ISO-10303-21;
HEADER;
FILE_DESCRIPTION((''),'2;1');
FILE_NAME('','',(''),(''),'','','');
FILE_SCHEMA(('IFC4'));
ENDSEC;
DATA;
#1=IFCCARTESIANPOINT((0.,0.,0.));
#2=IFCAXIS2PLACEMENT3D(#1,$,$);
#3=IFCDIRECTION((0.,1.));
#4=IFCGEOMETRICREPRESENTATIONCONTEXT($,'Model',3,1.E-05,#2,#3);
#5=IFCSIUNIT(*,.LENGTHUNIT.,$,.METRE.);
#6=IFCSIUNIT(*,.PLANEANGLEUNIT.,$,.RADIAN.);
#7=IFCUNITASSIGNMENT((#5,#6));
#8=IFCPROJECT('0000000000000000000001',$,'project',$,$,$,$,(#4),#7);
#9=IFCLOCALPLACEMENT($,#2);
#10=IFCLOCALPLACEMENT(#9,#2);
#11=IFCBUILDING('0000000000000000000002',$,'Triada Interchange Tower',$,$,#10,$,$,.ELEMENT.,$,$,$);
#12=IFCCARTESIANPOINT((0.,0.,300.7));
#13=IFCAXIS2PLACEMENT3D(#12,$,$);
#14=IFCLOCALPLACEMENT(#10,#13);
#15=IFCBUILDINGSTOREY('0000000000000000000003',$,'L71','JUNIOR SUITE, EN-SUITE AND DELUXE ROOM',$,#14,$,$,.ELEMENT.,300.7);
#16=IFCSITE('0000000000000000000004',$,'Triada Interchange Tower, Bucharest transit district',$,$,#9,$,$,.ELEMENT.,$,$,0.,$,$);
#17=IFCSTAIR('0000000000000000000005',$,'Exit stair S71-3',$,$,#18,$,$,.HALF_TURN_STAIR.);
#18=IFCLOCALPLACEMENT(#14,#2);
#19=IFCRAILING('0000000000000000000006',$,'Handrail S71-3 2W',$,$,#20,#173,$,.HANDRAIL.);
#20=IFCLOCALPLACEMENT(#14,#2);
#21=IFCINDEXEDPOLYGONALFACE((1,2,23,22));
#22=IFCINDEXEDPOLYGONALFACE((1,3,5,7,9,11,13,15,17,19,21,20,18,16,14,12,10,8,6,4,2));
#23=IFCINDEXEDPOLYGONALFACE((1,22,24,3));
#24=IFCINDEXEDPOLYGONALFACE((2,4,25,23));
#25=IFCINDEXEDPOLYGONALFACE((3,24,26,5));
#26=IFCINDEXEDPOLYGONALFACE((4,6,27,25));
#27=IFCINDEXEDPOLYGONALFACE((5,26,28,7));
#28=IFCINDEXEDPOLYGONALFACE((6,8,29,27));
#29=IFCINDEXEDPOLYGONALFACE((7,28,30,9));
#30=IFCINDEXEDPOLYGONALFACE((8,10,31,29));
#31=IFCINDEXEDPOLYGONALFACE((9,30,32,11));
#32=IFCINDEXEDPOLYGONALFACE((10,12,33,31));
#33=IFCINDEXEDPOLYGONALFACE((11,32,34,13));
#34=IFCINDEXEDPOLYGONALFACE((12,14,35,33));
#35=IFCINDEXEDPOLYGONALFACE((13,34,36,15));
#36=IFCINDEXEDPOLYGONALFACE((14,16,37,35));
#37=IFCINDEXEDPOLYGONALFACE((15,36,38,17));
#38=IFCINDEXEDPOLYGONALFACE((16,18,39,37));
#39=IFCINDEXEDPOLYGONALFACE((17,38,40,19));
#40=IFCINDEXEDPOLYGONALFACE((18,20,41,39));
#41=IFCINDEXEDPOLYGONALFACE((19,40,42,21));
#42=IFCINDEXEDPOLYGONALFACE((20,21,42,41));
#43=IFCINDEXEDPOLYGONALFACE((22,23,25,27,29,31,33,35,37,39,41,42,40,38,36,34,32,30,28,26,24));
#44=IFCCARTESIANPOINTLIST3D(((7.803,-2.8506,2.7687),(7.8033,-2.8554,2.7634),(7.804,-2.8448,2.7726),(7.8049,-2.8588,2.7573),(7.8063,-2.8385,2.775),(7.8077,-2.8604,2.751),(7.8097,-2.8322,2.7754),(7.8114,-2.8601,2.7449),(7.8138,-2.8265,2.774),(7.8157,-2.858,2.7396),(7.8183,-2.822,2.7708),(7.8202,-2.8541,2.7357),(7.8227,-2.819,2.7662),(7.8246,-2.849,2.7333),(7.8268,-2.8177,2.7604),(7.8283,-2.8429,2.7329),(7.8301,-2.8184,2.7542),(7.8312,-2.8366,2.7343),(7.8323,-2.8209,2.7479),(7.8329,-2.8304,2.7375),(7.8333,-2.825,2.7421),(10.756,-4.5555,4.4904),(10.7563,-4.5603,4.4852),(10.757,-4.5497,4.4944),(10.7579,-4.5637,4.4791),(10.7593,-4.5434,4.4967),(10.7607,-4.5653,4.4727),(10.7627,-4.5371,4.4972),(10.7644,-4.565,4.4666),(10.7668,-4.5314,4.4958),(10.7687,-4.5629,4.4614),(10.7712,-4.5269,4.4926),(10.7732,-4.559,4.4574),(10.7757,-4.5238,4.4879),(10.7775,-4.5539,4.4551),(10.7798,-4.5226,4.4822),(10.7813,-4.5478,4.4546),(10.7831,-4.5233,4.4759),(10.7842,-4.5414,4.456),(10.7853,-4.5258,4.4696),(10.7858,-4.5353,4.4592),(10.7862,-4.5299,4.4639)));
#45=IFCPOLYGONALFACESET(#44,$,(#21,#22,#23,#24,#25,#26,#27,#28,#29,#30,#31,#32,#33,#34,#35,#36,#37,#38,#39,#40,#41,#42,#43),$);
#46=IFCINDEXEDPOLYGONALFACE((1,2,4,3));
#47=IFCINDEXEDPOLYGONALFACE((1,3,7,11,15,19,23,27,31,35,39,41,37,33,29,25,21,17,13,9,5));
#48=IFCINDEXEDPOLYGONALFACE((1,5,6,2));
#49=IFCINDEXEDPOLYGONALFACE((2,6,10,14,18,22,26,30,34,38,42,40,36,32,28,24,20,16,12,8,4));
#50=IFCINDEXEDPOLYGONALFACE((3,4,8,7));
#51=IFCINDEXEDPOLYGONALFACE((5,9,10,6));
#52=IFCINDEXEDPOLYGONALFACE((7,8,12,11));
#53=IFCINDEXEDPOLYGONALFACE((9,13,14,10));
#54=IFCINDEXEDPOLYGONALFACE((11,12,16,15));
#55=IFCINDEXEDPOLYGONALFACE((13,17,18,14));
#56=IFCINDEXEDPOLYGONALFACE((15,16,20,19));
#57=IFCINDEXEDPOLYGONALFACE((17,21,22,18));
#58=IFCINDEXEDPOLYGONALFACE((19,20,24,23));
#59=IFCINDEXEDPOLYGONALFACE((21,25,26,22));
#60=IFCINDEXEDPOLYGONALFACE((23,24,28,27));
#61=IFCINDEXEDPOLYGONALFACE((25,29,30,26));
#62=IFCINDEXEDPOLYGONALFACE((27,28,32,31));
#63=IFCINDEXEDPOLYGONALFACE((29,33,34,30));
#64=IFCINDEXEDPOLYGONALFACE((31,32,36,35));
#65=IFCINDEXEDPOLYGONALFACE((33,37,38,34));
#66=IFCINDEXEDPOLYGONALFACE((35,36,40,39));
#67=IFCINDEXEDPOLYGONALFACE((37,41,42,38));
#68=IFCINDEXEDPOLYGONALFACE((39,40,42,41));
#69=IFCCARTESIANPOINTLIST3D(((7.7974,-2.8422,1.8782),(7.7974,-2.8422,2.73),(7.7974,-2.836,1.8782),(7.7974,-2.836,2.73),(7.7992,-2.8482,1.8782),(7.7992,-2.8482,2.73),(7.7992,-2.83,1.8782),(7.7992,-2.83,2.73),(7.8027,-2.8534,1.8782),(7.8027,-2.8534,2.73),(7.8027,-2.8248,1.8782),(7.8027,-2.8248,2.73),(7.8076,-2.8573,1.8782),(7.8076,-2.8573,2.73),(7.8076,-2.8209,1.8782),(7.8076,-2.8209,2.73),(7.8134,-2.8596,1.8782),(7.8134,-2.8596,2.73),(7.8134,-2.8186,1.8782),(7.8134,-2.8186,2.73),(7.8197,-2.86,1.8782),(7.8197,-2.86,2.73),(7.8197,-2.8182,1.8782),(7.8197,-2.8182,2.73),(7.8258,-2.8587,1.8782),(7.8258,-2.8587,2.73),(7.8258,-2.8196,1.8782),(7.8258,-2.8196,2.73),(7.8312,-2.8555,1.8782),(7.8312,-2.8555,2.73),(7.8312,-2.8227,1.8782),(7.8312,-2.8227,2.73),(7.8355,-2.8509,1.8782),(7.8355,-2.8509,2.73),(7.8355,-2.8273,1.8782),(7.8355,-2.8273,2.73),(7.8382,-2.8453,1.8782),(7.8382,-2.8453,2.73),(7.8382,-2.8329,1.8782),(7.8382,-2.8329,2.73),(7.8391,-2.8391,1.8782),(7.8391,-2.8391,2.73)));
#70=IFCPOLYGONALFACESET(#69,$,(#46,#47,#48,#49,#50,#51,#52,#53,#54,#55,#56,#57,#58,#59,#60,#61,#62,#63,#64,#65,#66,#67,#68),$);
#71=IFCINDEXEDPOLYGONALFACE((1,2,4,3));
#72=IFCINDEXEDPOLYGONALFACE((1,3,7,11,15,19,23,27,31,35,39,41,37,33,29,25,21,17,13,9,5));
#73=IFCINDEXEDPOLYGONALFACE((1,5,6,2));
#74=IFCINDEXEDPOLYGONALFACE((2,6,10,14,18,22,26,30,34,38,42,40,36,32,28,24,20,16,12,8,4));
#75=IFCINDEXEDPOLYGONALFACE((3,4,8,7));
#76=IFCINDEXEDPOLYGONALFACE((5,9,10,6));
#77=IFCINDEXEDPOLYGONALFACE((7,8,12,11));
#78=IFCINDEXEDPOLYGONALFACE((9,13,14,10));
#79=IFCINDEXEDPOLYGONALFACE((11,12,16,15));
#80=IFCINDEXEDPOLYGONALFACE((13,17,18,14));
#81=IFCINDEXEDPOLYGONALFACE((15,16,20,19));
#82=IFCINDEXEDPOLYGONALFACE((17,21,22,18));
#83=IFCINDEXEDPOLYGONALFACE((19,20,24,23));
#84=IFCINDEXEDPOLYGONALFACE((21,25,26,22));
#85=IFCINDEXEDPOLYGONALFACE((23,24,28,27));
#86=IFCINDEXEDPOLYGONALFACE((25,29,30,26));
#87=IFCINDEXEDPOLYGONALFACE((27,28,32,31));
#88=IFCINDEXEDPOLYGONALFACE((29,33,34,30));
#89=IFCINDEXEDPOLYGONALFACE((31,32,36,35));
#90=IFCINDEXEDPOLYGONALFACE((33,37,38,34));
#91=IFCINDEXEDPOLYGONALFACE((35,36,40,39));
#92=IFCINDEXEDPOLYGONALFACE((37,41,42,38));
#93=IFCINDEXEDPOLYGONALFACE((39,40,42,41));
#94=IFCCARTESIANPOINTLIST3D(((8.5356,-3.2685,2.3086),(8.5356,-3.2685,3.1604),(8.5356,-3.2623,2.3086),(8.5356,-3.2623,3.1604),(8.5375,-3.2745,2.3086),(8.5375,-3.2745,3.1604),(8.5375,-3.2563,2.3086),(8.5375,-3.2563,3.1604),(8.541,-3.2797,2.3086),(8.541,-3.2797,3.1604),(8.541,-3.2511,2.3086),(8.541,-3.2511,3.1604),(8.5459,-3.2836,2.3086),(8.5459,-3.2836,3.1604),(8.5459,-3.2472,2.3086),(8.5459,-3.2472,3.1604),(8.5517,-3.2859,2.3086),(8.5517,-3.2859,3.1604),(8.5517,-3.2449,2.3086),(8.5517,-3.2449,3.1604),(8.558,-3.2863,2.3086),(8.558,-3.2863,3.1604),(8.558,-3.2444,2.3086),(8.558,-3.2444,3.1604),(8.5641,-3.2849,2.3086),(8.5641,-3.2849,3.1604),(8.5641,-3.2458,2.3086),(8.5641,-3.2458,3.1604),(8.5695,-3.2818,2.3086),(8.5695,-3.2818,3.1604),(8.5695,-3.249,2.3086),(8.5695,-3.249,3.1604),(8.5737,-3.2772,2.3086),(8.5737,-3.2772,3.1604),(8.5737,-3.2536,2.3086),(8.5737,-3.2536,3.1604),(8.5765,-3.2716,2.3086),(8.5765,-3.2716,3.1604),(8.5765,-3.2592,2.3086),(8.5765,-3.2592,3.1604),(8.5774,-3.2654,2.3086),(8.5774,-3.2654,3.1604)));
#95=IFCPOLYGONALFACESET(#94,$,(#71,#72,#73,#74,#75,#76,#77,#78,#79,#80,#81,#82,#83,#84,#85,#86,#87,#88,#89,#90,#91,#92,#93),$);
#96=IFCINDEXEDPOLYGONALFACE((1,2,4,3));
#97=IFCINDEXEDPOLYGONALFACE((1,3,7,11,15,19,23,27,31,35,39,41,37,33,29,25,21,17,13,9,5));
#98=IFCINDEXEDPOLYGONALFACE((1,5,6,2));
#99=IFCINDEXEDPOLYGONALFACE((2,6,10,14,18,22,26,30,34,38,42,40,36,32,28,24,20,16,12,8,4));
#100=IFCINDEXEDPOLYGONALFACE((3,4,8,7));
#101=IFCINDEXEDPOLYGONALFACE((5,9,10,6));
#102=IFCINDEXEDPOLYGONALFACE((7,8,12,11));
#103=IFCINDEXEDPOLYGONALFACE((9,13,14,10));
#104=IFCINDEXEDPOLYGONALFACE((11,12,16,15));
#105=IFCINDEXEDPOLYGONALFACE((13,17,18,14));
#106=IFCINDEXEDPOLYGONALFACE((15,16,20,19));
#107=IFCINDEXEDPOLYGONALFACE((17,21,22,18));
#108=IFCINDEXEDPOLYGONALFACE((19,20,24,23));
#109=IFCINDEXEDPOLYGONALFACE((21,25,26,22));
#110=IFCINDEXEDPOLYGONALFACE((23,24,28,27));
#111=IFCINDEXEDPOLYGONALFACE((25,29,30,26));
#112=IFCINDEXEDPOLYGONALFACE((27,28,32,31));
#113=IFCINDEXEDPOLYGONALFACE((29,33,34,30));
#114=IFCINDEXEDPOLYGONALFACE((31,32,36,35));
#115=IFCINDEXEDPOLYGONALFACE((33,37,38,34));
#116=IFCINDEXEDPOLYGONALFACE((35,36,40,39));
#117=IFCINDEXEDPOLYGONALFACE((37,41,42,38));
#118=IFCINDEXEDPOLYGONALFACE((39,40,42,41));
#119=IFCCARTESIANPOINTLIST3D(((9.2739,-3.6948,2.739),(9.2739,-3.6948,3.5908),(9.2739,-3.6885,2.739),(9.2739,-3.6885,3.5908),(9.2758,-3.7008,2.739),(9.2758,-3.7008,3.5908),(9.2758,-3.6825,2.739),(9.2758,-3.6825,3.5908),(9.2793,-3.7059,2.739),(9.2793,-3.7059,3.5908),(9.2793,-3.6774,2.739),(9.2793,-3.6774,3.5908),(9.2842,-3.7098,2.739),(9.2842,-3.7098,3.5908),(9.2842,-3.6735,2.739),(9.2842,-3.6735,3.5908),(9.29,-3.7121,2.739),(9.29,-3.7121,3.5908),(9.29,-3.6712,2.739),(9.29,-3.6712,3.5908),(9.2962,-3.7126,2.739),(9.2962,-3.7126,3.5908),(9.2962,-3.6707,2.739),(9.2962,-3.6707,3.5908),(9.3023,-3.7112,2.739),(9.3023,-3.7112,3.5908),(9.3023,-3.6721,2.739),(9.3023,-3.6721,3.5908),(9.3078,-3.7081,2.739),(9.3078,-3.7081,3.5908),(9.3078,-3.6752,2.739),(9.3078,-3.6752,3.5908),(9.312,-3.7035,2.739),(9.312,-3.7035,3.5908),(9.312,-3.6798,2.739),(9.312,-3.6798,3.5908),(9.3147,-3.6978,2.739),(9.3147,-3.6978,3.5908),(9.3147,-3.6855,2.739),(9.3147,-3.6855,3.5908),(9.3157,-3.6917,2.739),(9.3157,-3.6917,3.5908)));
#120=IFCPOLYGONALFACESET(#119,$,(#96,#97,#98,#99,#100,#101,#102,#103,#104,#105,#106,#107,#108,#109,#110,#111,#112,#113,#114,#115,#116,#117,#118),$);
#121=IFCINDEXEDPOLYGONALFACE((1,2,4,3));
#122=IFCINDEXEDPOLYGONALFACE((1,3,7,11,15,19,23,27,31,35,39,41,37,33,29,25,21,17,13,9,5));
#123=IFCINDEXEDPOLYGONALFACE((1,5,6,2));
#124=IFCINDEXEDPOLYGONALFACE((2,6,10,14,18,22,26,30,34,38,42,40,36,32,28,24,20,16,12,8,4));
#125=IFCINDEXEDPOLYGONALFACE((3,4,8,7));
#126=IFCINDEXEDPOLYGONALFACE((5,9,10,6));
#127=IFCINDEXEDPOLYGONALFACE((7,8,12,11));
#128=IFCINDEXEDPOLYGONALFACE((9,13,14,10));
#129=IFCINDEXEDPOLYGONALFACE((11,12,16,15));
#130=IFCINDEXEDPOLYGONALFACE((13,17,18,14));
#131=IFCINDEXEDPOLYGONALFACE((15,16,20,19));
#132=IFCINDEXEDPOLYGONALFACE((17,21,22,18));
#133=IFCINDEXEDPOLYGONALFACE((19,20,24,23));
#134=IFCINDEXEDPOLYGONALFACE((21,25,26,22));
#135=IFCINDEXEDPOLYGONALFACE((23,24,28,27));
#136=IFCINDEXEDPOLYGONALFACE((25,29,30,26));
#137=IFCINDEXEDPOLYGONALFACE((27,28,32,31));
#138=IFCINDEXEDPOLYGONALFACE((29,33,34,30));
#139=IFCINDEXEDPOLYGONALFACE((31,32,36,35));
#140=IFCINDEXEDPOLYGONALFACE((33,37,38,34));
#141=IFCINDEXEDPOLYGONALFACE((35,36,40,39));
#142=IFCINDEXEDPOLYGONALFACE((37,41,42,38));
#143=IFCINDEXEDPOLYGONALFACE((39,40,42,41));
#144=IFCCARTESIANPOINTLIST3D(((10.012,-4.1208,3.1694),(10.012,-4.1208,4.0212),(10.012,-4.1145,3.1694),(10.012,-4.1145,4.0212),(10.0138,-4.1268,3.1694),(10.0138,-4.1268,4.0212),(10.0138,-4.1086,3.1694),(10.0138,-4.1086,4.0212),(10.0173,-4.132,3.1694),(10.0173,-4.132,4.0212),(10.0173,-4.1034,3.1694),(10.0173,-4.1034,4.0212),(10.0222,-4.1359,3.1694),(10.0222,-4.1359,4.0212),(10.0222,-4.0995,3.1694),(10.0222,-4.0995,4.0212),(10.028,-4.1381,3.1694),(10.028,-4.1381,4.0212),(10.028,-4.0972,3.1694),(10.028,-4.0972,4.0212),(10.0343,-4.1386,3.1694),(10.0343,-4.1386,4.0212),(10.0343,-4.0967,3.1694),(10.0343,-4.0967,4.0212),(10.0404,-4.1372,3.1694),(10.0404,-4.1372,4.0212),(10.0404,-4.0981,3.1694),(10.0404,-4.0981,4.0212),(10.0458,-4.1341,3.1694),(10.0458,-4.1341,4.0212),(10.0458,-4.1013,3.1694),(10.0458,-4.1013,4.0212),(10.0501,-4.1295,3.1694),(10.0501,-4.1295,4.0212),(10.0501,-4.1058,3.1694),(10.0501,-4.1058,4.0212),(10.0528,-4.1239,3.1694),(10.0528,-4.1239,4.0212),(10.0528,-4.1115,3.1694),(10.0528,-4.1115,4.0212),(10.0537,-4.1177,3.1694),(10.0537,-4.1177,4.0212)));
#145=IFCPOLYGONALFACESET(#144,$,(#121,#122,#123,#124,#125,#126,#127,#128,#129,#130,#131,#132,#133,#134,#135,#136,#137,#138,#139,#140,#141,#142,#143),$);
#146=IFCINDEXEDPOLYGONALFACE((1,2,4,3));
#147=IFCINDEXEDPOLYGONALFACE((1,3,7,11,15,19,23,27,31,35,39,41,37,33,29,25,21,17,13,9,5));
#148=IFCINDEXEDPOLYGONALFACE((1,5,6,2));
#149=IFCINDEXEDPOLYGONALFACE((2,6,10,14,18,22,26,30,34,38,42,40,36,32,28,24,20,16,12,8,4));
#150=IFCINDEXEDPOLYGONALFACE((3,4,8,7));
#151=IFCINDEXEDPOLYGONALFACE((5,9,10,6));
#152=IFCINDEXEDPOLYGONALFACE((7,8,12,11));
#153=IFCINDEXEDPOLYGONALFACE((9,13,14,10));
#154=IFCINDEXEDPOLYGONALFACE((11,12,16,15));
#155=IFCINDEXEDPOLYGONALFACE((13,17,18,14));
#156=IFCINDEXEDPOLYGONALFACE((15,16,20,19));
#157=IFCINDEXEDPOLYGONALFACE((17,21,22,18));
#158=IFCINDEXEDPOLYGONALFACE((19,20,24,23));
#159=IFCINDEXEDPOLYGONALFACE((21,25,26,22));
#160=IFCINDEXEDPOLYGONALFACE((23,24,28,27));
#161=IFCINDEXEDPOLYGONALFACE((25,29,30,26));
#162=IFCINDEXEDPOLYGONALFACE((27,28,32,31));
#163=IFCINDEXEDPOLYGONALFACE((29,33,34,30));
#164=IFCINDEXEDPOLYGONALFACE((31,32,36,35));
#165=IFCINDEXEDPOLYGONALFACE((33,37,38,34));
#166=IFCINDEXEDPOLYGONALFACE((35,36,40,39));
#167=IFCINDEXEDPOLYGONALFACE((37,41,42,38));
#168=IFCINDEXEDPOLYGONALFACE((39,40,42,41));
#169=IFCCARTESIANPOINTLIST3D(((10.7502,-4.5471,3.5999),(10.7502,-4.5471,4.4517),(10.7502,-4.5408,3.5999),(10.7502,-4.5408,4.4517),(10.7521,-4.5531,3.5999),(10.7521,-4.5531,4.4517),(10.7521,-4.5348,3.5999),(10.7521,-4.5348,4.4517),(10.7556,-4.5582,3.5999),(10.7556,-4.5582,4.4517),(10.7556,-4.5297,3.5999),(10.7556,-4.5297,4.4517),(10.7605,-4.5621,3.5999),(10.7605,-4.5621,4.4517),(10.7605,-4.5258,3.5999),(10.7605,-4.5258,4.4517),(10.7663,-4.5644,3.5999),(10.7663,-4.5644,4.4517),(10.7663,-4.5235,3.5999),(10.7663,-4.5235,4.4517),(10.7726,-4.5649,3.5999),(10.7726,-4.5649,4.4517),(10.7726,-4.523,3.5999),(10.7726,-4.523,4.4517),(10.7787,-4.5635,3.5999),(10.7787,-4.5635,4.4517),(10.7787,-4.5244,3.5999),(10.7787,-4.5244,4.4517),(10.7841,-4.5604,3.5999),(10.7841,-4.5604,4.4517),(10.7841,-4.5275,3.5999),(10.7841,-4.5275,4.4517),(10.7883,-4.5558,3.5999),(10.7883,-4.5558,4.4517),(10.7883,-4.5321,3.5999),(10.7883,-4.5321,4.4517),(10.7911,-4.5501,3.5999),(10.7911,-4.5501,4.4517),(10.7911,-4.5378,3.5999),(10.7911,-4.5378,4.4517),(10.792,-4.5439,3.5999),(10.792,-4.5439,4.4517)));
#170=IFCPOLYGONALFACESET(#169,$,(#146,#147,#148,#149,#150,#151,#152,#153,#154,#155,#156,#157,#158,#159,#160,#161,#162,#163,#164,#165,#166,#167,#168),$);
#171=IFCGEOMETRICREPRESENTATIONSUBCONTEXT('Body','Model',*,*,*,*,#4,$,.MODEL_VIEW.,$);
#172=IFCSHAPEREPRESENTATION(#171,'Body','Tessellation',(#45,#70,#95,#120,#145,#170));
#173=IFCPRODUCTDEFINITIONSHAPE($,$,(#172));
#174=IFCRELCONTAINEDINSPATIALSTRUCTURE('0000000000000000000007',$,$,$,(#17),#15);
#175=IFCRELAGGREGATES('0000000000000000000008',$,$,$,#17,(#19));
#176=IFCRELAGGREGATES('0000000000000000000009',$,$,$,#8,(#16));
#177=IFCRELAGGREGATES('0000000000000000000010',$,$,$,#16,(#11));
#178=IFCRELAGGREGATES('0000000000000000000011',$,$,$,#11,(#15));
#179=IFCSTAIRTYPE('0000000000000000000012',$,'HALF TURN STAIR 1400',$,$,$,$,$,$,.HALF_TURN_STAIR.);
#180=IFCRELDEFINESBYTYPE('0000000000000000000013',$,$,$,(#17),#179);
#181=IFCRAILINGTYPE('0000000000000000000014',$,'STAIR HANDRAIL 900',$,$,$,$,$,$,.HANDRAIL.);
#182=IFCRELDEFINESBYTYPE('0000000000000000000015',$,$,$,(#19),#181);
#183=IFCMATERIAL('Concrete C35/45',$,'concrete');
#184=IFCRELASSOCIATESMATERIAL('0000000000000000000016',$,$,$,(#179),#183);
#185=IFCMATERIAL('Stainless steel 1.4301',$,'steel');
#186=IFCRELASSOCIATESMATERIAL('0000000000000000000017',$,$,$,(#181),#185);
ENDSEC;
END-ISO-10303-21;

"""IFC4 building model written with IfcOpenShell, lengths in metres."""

from ifc_helpers import new_model, si_unit, direction, frame, origin, origin_2d, place, context, subcontext, project, spatial, circle, extrude, material, type_object, element, aggregate, save


model = new_model("IFC4")

# Units and contexts
model_context = context("Model", 3, precision=1e-05, world=origin(), true_north=direction((0.0, 1.0)))
body_context = subcontext(model_context, "Body", "Model", "MODEL_VIEW")
ifc_project = project(units=[si_unit("LENGTHUNIT", "METRE"), si_unit("PLANEANGLEUNIT", "RADIAN")], contexts=[model_context])

# Site, building, storey
site_placement = place(None, origin())
site = spatial("IfcSite", under=ifc_project, at=site_placement, Name="Triada Interchange Tower, Bucharest transit district", CompositionType="ELEMENT", RefElevation=0.0)
building_placement = place(site_placement, origin())
building = spatial("IfcBuilding", under=site, at=building_placement, Name="Triada Interchange Tower", CompositionType="ELEMENT")
storey_placement = place(building_placement, frame((0.0, 0.0, 300.7)))
storey = spatial("IfcBuildingStorey", under=building, at=storey_placement, Name="L71", Description="JUNIOR SUITE, EN-SUITE AND DELUXE ROOM", CompositionType="ELEMENT", Elevation=300.7)

# Stair, railing
ifc_material_1 = material(Name="Concrete C35/45", Category="concrete")
stair_type = type_object("IfcStairType", Name="HALF TURN STAIR 1400", PredefinedType="HALF_TURN_STAIR", material=ifc_material_1)
stair_placement = place(storey_placement, origin())
stair = element("IfcStair", 1, at=stair_placement, inside=storey, type_object=stair_type, Name="Exit stair S71-3", PredefinedType="HALF_TURN_STAIR")
ifc_material_2 = material(Name="Stainless steel 1.4301", Category="steel")
railing_type = type_object("IfcRailingType", Name="STAIR HANDRAIL 900", PredefinedType="HANDRAIL", material=ifc_material_2)
railing_1_placement = place(storey_placement, frame((7.8181, -2.8391, 1.8782)))
railing_1 = element("IfcRailing", 2, at=railing_1_placement, type_object=railing_type, Name="Handrail S71-3 2W", PredefinedType="HANDRAIL", context=body_context, shape_type="SweptSolid", body=[
    extrude(circle(Radius=0.0239, at=origin_2d()), frame((0.0, 0.0, 0.876), z_axis=(0.773065, -0.446326, 0.450736), x_axis=(0.499997, 0.866027, 0.0)), (0.0, 0.0, 1.0), 3.8198),
    extrude(circle(Radius=0.021, at=origin_2d()), origin(), (0.0, 0.0, 1.0), 0.8518),
    extrude(circle(Radius=0.021, at=origin_2d()), frame((0.7383, -0.4263, 0.4304)), (0.0, 0.0, 1.0), 0.8518),
    extrude(circle(Radius=0.021, at=origin_2d()), frame((1.4766, -0.8525, 0.8608)), (0.0, 0.0, 1.0), 0.8518),
    extrude(circle(Radius=0.021, at=origin_2d()), frame((2.2146, -1.2786, 1.2913)), (0.0, 0.0, 1.0), 0.8518),
    extrude(circle(Radius=0.021, at=origin_2d()), frame((2.9529, -1.7048, 1.7217)), (0.0, 0.0, 1.0), 0.8518),
])
aggregate(stair, [railing_1])

save(model, "model.ifc")
